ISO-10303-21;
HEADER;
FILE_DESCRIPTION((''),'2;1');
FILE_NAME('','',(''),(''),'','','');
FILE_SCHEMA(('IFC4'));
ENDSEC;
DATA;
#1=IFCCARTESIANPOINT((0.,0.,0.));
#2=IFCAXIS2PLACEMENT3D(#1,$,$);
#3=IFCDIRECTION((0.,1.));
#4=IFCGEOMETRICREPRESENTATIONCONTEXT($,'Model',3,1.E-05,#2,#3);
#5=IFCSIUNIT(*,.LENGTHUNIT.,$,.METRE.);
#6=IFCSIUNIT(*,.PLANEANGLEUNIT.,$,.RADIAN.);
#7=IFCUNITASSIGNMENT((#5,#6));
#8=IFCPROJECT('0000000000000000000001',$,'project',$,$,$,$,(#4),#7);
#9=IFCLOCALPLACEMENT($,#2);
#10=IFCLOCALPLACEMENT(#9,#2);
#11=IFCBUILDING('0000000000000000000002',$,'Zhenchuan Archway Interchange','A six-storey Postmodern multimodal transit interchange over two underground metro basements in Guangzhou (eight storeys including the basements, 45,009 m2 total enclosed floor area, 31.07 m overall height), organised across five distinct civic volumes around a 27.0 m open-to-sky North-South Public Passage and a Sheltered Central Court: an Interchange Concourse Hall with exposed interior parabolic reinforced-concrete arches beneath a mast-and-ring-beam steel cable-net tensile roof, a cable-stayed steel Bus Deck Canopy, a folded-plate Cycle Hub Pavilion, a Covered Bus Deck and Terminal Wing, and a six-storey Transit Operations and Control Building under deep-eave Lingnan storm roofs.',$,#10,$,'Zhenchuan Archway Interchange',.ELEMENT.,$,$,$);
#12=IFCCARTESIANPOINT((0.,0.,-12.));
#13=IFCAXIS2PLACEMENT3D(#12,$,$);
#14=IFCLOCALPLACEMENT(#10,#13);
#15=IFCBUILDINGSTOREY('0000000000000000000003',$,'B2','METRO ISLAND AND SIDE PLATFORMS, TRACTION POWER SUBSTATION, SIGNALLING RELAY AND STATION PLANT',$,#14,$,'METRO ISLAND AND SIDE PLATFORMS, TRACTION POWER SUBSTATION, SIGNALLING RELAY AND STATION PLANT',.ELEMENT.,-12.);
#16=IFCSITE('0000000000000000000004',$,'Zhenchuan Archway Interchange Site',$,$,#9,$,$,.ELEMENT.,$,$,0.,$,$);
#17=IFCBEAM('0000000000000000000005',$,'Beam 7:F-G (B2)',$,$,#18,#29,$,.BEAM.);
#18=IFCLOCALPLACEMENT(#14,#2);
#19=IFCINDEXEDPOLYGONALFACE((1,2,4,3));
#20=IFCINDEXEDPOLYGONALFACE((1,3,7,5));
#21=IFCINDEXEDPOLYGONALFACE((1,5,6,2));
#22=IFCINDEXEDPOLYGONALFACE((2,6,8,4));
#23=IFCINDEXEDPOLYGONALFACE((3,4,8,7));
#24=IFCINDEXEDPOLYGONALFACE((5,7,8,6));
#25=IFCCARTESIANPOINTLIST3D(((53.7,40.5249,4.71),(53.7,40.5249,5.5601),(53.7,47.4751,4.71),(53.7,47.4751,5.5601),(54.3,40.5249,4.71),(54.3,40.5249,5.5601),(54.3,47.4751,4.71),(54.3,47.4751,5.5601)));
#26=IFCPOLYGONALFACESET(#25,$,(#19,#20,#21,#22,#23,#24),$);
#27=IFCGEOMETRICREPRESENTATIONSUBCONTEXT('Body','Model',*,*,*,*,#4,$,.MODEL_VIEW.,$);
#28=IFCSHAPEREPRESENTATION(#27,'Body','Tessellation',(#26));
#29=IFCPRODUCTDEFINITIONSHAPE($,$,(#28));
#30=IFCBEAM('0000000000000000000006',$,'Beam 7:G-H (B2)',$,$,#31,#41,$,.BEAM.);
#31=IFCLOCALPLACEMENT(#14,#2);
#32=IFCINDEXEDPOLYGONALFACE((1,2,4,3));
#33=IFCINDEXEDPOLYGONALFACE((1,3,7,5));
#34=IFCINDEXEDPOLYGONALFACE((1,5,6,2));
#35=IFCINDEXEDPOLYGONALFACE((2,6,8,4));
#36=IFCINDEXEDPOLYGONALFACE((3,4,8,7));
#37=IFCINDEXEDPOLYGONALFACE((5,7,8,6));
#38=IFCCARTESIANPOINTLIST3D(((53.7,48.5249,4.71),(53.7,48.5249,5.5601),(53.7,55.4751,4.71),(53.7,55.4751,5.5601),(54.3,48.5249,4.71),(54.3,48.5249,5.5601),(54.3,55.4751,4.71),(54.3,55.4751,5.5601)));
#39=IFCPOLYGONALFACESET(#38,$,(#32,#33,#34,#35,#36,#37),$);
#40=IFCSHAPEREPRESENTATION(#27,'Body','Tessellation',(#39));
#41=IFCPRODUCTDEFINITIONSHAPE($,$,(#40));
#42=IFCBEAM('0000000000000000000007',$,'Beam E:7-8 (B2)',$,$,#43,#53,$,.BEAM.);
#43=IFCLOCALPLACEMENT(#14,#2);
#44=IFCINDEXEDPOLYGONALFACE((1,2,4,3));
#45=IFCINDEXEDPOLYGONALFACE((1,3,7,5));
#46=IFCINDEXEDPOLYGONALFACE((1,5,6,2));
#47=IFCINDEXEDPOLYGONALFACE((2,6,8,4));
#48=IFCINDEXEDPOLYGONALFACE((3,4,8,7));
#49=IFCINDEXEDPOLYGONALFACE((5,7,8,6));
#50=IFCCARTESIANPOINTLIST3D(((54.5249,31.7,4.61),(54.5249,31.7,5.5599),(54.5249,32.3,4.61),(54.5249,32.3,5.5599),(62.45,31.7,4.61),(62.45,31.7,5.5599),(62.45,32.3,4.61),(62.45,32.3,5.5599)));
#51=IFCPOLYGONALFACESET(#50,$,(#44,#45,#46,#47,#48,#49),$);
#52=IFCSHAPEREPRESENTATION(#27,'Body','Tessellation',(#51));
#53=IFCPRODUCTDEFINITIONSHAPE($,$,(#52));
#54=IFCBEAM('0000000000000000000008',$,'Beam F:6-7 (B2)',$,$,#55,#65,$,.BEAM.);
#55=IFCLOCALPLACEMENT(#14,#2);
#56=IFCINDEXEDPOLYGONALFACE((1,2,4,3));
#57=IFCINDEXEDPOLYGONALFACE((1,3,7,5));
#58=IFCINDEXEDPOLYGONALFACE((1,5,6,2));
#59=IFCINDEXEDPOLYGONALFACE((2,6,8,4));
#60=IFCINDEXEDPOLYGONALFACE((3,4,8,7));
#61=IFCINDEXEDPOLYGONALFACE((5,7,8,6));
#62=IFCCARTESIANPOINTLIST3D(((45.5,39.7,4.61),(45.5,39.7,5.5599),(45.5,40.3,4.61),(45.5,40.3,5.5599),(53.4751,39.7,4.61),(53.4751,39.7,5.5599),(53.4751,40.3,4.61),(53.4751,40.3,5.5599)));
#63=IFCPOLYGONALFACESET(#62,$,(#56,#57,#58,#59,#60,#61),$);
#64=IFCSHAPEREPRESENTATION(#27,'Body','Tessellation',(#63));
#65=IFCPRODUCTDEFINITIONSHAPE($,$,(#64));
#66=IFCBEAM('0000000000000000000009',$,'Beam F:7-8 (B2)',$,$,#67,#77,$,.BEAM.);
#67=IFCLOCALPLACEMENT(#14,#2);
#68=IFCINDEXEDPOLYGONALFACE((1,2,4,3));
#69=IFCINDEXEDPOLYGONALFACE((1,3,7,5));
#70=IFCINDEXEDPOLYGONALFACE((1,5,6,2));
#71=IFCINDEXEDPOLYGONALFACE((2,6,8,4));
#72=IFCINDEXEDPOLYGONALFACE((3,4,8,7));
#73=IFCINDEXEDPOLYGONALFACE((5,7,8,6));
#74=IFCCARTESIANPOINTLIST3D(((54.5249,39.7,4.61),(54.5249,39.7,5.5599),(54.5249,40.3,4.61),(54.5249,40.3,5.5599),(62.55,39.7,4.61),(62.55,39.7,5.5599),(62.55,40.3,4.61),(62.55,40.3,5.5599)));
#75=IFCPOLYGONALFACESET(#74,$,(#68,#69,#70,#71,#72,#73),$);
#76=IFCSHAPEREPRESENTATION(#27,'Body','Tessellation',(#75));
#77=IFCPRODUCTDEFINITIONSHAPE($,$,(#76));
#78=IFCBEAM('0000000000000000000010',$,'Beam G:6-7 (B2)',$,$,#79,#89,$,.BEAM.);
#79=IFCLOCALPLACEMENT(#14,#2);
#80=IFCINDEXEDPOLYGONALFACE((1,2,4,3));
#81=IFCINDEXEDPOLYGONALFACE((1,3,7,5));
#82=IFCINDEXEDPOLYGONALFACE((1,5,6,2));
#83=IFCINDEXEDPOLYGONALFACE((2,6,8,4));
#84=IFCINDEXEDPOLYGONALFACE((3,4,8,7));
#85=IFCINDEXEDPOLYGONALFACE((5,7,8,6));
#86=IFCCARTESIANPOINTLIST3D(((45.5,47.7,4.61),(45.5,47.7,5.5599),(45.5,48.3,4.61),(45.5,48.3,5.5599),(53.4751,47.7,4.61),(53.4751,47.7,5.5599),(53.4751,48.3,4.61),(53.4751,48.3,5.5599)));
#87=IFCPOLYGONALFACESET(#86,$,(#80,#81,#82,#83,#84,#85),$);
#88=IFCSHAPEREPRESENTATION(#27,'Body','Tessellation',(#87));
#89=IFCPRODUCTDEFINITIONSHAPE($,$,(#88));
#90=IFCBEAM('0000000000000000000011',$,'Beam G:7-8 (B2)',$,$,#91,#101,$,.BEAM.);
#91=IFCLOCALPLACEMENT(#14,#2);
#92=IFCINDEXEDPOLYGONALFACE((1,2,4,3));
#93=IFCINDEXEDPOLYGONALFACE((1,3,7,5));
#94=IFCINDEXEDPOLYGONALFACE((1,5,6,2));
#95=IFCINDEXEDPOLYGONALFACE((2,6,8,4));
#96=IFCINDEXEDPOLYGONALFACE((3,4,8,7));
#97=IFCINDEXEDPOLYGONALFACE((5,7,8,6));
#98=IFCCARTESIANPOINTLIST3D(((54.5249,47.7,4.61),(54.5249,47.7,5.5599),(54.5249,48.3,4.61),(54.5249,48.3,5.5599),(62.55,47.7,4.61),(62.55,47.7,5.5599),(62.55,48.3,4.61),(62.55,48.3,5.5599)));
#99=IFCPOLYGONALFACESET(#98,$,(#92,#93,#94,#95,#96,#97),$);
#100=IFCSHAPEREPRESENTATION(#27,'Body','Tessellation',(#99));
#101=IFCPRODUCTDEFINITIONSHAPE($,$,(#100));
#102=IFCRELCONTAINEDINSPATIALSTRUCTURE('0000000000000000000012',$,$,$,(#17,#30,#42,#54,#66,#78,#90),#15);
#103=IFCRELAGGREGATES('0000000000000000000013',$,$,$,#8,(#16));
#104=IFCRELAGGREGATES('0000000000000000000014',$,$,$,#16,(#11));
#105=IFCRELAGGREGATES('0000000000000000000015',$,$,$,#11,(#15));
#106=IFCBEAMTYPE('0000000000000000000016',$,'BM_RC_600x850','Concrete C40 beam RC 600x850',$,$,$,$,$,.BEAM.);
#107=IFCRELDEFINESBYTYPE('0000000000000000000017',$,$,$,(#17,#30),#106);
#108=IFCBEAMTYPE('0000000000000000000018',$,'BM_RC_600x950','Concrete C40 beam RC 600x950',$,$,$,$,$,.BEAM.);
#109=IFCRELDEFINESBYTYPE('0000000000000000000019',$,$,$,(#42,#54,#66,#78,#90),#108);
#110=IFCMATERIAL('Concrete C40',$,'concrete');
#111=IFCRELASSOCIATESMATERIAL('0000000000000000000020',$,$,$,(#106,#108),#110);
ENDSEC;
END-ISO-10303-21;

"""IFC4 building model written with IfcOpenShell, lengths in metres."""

from ifc_helpers import new_model, si_unit, direction, frame, origin, origin_2d, place, context, subcontext, project, spatial, rectangle, extrude, material, material_profile, profile_set, type_object, element, save


model = new_model("IFC4")

# Units and contexts
model_context = context("Model", 3, precision=1e-05, world=origin(), true_north=direction((0.0, 1.0)))
body_context = subcontext(model_context, "Body", "Model", "MODEL_VIEW")
ifc_project = project(units=[si_unit("LENGTHUNIT", "METRE"), si_unit("PLANEANGLEUNIT", "RADIAN")], contexts=[model_context])

# Site, building, storey
site_placement = place(None, origin())
site = spatial("IfcSite", under=ifc_project, at=site_placement, Name="Zhenchuan Archway Interchange Site", CompositionType="ELEMENT", RefElevation=0.0)
building_placement = place(site_placement, origin())
building = spatial("IfcBuilding", under=site, at=building_placement, Name="Zhenchuan Archway Interchange", Description="A six-storey Postmodern multimodal transit interchange over two underground metro basements in Guangzhou (eight storeys including the basements, 45,009 m2 total enclosed floor area, 31.07 m overall height), organised across five distinct civic volumes around a 27.0 m open-to-sky North-South Public Passage and a Sheltered Central Court: an Interchange Concourse Hall with exposed interior parabolic reinforced-concrete arches beneath a mast-and-ring-beam steel cable-net tensile roof, a cable-stayed steel Bus Deck Canopy, a folded-plate Cycle Hub Pavilion, a Covered Bus Deck and Terminal Wing, and a six-storey Transit Operations and Control Building under deep-eave Lingnan storm roofs.", LongName="Zhenchuan Archway Interchange", CompositionType="ELEMENT")
storey_placement = place(building_placement, frame((0.0, 0.0, -12.0)))
storey = spatial("IfcBuildingStorey", under=building, at=storey_placement, Name="B2", Description="METRO ISLAND AND SIDE PLATFORMS, TRACTION POWER SUBSTATION, SIGNALLING RELAY AND STATION PLANT", LongName="METRO ISLAND AND SIDE PLATFORMS, TRACTION POWER SUBSTATION, SIGNALLING RELAY AND STATION PLANT", CompositionType="ELEMENT", Elevation=-12.0)

# Shared definitions
ifc_material_1 = material(Name="Concrete C40", Category="concrete")

# Beams
ifc_material_profile_1 = material_profile(ifc_material_1, rectangle(XDim=0.6001, YDim=0.8501, at=origin_2d()), Name="RC 600x850")
ifc_profile_set_1 = profile_set([ifc_material_profile_1], Name="Concrete C40")
beam_type_1 = type_object("IfcBeamType", Name="BM_RC_600x850", Description="Concrete C40 beam RC 600x850", PredefinedType="BEAM", material=ifc_profile_set_1)
for number, where, z_axis, x_axis, name in (
    (1, (54.0, 40.5249, 5.135), (0.0, 1.0, 0.0), (-1.0, 0.0, 0.0), "Beam 7:F-G (B2)"),
    (2, (54.0, 48.5249, 5.135), (0.0, 1.0, 0.0), (-1.0, 0.0, 0.0), "Beam 7:G-H (B2)"),
):
    element("IfcBeam", number, at=place(storey_placement, frame(where, z_axis=z_axis, x_axis=x_axis)), inside=storey, type_object=beam_type_1, Name=name, PredefinedType="BEAM", context=body_context, shape_type="SweptSolid", body=[
        extrude(rectangle(XDim=0.6001, YDim=0.8501, at=origin_2d()), origin(), (0.0, 0.0, 1.0), 6.9502),
    ])
ifc_material_profile_2 = material_profile(ifc_material_1, rectangle(XDim=0.6001, YDim=0.95, at=origin_2d()), Name="RC 600x950")
ifc_profile_set_2 = profile_set([ifc_material_profile_2], Name="Concrete C40")
beam_type_2 = type_object("IfcBeamType", Name="BM_RC_600x950", Description="Concrete C40 beam RC 600x950", PredefinedType="BEAM", material=ifc_profile_set_2)
beam_1_placement = place(storey_placement, frame((54.5249, 32.0, 5.085), z_axis=(1.0, 0.0, 0.0), x_axis=(0.0, 1.0, 0.0)))
element("IfcBeam", 3, at=beam_1_placement, inside=storey, type_object=beam_type_2, Name="Beam E:7-8 (B2)", PredefinedType="BEAM", context=body_context, shape_type="SweptSolid", body=[
    extrude(rectangle(XDim=0.6001, YDim=0.95, at=origin_2d()), origin(), (0.0, 0.0, 1.0), 7.925),
])
beam_2_placement = place(storey_placement, frame((45.5, 40.0, 5.085), z_axis=(1.0, 0.0, 0.0), x_axis=(0.0, 1.0, 0.0)))
element("IfcBeam", 4, at=beam_2_placement, inside=storey, type_object=beam_type_2, Name="Beam F:6-7 (B2)", PredefinedType="BEAM", context=body_context, shape_type="SweptSolid", body=[
    extrude(rectangle(XDim=0.6001, YDim=0.95, at=origin_2d()), origin(), (0.0, 0.0, 1.0), 7.9751),
])
beam_3_placement = place(storey_placement, frame((54.5249, 40.0, 5.085), z_axis=(1.0, 0.0, 0.0), x_axis=(0.0, 1.0, 0.0)))
element("IfcBeam", 5, at=beam_3_placement, inside=storey, type_object=beam_type_2, Name="Beam F:7-8 (B2)", PredefinedType="BEAM", context=body_context, shape_type="SweptSolid", body=[
    extrude(rectangle(XDim=0.6001, YDim=0.95, at=origin_2d()), origin(), (0.0, 0.0, 1.0), 8.0251),
])
beam_4_placement = place(storey_placement, frame((45.5, 48.0, 5.085), z_axis=(1.0, 0.0, 0.0), x_axis=(0.0, 1.0, 0.0)))
element("IfcBeam", 6, at=beam_4_placement, inside=storey, type_object=beam_type_2, Name="Beam G:6-7 (B2)", PredefinedType="BEAM", context=body_context, shape_type="SweptSolid", body=[
    extrude(rectangle(XDim=0.6001, YDim=0.95, at=origin_2d()), origin(), (0.0, 0.0, 1.0), 7.9751),
])
beam_5_placement = place(storey_placement, frame((54.5249, 48.0, 5.085), z_axis=(1.0, 0.0, 0.0), x_axis=(0.0, 1.0, 0.0)))
element("IfcBeam", 7, at=beam_5_placement, inside=storey, type_object=beam_type_2, Name="Beam G:7-8 (B2)", PredefinedType="BEAM", context=body_context, shape_type="SweptSolid", body=[
    extrude(rectangle(XDim=0.6001, YDim=0.95, at=origin_2d()), origin(), (0.0, 0.0, 1.0), 8.0251),
])

save(model, "model.ifc")
